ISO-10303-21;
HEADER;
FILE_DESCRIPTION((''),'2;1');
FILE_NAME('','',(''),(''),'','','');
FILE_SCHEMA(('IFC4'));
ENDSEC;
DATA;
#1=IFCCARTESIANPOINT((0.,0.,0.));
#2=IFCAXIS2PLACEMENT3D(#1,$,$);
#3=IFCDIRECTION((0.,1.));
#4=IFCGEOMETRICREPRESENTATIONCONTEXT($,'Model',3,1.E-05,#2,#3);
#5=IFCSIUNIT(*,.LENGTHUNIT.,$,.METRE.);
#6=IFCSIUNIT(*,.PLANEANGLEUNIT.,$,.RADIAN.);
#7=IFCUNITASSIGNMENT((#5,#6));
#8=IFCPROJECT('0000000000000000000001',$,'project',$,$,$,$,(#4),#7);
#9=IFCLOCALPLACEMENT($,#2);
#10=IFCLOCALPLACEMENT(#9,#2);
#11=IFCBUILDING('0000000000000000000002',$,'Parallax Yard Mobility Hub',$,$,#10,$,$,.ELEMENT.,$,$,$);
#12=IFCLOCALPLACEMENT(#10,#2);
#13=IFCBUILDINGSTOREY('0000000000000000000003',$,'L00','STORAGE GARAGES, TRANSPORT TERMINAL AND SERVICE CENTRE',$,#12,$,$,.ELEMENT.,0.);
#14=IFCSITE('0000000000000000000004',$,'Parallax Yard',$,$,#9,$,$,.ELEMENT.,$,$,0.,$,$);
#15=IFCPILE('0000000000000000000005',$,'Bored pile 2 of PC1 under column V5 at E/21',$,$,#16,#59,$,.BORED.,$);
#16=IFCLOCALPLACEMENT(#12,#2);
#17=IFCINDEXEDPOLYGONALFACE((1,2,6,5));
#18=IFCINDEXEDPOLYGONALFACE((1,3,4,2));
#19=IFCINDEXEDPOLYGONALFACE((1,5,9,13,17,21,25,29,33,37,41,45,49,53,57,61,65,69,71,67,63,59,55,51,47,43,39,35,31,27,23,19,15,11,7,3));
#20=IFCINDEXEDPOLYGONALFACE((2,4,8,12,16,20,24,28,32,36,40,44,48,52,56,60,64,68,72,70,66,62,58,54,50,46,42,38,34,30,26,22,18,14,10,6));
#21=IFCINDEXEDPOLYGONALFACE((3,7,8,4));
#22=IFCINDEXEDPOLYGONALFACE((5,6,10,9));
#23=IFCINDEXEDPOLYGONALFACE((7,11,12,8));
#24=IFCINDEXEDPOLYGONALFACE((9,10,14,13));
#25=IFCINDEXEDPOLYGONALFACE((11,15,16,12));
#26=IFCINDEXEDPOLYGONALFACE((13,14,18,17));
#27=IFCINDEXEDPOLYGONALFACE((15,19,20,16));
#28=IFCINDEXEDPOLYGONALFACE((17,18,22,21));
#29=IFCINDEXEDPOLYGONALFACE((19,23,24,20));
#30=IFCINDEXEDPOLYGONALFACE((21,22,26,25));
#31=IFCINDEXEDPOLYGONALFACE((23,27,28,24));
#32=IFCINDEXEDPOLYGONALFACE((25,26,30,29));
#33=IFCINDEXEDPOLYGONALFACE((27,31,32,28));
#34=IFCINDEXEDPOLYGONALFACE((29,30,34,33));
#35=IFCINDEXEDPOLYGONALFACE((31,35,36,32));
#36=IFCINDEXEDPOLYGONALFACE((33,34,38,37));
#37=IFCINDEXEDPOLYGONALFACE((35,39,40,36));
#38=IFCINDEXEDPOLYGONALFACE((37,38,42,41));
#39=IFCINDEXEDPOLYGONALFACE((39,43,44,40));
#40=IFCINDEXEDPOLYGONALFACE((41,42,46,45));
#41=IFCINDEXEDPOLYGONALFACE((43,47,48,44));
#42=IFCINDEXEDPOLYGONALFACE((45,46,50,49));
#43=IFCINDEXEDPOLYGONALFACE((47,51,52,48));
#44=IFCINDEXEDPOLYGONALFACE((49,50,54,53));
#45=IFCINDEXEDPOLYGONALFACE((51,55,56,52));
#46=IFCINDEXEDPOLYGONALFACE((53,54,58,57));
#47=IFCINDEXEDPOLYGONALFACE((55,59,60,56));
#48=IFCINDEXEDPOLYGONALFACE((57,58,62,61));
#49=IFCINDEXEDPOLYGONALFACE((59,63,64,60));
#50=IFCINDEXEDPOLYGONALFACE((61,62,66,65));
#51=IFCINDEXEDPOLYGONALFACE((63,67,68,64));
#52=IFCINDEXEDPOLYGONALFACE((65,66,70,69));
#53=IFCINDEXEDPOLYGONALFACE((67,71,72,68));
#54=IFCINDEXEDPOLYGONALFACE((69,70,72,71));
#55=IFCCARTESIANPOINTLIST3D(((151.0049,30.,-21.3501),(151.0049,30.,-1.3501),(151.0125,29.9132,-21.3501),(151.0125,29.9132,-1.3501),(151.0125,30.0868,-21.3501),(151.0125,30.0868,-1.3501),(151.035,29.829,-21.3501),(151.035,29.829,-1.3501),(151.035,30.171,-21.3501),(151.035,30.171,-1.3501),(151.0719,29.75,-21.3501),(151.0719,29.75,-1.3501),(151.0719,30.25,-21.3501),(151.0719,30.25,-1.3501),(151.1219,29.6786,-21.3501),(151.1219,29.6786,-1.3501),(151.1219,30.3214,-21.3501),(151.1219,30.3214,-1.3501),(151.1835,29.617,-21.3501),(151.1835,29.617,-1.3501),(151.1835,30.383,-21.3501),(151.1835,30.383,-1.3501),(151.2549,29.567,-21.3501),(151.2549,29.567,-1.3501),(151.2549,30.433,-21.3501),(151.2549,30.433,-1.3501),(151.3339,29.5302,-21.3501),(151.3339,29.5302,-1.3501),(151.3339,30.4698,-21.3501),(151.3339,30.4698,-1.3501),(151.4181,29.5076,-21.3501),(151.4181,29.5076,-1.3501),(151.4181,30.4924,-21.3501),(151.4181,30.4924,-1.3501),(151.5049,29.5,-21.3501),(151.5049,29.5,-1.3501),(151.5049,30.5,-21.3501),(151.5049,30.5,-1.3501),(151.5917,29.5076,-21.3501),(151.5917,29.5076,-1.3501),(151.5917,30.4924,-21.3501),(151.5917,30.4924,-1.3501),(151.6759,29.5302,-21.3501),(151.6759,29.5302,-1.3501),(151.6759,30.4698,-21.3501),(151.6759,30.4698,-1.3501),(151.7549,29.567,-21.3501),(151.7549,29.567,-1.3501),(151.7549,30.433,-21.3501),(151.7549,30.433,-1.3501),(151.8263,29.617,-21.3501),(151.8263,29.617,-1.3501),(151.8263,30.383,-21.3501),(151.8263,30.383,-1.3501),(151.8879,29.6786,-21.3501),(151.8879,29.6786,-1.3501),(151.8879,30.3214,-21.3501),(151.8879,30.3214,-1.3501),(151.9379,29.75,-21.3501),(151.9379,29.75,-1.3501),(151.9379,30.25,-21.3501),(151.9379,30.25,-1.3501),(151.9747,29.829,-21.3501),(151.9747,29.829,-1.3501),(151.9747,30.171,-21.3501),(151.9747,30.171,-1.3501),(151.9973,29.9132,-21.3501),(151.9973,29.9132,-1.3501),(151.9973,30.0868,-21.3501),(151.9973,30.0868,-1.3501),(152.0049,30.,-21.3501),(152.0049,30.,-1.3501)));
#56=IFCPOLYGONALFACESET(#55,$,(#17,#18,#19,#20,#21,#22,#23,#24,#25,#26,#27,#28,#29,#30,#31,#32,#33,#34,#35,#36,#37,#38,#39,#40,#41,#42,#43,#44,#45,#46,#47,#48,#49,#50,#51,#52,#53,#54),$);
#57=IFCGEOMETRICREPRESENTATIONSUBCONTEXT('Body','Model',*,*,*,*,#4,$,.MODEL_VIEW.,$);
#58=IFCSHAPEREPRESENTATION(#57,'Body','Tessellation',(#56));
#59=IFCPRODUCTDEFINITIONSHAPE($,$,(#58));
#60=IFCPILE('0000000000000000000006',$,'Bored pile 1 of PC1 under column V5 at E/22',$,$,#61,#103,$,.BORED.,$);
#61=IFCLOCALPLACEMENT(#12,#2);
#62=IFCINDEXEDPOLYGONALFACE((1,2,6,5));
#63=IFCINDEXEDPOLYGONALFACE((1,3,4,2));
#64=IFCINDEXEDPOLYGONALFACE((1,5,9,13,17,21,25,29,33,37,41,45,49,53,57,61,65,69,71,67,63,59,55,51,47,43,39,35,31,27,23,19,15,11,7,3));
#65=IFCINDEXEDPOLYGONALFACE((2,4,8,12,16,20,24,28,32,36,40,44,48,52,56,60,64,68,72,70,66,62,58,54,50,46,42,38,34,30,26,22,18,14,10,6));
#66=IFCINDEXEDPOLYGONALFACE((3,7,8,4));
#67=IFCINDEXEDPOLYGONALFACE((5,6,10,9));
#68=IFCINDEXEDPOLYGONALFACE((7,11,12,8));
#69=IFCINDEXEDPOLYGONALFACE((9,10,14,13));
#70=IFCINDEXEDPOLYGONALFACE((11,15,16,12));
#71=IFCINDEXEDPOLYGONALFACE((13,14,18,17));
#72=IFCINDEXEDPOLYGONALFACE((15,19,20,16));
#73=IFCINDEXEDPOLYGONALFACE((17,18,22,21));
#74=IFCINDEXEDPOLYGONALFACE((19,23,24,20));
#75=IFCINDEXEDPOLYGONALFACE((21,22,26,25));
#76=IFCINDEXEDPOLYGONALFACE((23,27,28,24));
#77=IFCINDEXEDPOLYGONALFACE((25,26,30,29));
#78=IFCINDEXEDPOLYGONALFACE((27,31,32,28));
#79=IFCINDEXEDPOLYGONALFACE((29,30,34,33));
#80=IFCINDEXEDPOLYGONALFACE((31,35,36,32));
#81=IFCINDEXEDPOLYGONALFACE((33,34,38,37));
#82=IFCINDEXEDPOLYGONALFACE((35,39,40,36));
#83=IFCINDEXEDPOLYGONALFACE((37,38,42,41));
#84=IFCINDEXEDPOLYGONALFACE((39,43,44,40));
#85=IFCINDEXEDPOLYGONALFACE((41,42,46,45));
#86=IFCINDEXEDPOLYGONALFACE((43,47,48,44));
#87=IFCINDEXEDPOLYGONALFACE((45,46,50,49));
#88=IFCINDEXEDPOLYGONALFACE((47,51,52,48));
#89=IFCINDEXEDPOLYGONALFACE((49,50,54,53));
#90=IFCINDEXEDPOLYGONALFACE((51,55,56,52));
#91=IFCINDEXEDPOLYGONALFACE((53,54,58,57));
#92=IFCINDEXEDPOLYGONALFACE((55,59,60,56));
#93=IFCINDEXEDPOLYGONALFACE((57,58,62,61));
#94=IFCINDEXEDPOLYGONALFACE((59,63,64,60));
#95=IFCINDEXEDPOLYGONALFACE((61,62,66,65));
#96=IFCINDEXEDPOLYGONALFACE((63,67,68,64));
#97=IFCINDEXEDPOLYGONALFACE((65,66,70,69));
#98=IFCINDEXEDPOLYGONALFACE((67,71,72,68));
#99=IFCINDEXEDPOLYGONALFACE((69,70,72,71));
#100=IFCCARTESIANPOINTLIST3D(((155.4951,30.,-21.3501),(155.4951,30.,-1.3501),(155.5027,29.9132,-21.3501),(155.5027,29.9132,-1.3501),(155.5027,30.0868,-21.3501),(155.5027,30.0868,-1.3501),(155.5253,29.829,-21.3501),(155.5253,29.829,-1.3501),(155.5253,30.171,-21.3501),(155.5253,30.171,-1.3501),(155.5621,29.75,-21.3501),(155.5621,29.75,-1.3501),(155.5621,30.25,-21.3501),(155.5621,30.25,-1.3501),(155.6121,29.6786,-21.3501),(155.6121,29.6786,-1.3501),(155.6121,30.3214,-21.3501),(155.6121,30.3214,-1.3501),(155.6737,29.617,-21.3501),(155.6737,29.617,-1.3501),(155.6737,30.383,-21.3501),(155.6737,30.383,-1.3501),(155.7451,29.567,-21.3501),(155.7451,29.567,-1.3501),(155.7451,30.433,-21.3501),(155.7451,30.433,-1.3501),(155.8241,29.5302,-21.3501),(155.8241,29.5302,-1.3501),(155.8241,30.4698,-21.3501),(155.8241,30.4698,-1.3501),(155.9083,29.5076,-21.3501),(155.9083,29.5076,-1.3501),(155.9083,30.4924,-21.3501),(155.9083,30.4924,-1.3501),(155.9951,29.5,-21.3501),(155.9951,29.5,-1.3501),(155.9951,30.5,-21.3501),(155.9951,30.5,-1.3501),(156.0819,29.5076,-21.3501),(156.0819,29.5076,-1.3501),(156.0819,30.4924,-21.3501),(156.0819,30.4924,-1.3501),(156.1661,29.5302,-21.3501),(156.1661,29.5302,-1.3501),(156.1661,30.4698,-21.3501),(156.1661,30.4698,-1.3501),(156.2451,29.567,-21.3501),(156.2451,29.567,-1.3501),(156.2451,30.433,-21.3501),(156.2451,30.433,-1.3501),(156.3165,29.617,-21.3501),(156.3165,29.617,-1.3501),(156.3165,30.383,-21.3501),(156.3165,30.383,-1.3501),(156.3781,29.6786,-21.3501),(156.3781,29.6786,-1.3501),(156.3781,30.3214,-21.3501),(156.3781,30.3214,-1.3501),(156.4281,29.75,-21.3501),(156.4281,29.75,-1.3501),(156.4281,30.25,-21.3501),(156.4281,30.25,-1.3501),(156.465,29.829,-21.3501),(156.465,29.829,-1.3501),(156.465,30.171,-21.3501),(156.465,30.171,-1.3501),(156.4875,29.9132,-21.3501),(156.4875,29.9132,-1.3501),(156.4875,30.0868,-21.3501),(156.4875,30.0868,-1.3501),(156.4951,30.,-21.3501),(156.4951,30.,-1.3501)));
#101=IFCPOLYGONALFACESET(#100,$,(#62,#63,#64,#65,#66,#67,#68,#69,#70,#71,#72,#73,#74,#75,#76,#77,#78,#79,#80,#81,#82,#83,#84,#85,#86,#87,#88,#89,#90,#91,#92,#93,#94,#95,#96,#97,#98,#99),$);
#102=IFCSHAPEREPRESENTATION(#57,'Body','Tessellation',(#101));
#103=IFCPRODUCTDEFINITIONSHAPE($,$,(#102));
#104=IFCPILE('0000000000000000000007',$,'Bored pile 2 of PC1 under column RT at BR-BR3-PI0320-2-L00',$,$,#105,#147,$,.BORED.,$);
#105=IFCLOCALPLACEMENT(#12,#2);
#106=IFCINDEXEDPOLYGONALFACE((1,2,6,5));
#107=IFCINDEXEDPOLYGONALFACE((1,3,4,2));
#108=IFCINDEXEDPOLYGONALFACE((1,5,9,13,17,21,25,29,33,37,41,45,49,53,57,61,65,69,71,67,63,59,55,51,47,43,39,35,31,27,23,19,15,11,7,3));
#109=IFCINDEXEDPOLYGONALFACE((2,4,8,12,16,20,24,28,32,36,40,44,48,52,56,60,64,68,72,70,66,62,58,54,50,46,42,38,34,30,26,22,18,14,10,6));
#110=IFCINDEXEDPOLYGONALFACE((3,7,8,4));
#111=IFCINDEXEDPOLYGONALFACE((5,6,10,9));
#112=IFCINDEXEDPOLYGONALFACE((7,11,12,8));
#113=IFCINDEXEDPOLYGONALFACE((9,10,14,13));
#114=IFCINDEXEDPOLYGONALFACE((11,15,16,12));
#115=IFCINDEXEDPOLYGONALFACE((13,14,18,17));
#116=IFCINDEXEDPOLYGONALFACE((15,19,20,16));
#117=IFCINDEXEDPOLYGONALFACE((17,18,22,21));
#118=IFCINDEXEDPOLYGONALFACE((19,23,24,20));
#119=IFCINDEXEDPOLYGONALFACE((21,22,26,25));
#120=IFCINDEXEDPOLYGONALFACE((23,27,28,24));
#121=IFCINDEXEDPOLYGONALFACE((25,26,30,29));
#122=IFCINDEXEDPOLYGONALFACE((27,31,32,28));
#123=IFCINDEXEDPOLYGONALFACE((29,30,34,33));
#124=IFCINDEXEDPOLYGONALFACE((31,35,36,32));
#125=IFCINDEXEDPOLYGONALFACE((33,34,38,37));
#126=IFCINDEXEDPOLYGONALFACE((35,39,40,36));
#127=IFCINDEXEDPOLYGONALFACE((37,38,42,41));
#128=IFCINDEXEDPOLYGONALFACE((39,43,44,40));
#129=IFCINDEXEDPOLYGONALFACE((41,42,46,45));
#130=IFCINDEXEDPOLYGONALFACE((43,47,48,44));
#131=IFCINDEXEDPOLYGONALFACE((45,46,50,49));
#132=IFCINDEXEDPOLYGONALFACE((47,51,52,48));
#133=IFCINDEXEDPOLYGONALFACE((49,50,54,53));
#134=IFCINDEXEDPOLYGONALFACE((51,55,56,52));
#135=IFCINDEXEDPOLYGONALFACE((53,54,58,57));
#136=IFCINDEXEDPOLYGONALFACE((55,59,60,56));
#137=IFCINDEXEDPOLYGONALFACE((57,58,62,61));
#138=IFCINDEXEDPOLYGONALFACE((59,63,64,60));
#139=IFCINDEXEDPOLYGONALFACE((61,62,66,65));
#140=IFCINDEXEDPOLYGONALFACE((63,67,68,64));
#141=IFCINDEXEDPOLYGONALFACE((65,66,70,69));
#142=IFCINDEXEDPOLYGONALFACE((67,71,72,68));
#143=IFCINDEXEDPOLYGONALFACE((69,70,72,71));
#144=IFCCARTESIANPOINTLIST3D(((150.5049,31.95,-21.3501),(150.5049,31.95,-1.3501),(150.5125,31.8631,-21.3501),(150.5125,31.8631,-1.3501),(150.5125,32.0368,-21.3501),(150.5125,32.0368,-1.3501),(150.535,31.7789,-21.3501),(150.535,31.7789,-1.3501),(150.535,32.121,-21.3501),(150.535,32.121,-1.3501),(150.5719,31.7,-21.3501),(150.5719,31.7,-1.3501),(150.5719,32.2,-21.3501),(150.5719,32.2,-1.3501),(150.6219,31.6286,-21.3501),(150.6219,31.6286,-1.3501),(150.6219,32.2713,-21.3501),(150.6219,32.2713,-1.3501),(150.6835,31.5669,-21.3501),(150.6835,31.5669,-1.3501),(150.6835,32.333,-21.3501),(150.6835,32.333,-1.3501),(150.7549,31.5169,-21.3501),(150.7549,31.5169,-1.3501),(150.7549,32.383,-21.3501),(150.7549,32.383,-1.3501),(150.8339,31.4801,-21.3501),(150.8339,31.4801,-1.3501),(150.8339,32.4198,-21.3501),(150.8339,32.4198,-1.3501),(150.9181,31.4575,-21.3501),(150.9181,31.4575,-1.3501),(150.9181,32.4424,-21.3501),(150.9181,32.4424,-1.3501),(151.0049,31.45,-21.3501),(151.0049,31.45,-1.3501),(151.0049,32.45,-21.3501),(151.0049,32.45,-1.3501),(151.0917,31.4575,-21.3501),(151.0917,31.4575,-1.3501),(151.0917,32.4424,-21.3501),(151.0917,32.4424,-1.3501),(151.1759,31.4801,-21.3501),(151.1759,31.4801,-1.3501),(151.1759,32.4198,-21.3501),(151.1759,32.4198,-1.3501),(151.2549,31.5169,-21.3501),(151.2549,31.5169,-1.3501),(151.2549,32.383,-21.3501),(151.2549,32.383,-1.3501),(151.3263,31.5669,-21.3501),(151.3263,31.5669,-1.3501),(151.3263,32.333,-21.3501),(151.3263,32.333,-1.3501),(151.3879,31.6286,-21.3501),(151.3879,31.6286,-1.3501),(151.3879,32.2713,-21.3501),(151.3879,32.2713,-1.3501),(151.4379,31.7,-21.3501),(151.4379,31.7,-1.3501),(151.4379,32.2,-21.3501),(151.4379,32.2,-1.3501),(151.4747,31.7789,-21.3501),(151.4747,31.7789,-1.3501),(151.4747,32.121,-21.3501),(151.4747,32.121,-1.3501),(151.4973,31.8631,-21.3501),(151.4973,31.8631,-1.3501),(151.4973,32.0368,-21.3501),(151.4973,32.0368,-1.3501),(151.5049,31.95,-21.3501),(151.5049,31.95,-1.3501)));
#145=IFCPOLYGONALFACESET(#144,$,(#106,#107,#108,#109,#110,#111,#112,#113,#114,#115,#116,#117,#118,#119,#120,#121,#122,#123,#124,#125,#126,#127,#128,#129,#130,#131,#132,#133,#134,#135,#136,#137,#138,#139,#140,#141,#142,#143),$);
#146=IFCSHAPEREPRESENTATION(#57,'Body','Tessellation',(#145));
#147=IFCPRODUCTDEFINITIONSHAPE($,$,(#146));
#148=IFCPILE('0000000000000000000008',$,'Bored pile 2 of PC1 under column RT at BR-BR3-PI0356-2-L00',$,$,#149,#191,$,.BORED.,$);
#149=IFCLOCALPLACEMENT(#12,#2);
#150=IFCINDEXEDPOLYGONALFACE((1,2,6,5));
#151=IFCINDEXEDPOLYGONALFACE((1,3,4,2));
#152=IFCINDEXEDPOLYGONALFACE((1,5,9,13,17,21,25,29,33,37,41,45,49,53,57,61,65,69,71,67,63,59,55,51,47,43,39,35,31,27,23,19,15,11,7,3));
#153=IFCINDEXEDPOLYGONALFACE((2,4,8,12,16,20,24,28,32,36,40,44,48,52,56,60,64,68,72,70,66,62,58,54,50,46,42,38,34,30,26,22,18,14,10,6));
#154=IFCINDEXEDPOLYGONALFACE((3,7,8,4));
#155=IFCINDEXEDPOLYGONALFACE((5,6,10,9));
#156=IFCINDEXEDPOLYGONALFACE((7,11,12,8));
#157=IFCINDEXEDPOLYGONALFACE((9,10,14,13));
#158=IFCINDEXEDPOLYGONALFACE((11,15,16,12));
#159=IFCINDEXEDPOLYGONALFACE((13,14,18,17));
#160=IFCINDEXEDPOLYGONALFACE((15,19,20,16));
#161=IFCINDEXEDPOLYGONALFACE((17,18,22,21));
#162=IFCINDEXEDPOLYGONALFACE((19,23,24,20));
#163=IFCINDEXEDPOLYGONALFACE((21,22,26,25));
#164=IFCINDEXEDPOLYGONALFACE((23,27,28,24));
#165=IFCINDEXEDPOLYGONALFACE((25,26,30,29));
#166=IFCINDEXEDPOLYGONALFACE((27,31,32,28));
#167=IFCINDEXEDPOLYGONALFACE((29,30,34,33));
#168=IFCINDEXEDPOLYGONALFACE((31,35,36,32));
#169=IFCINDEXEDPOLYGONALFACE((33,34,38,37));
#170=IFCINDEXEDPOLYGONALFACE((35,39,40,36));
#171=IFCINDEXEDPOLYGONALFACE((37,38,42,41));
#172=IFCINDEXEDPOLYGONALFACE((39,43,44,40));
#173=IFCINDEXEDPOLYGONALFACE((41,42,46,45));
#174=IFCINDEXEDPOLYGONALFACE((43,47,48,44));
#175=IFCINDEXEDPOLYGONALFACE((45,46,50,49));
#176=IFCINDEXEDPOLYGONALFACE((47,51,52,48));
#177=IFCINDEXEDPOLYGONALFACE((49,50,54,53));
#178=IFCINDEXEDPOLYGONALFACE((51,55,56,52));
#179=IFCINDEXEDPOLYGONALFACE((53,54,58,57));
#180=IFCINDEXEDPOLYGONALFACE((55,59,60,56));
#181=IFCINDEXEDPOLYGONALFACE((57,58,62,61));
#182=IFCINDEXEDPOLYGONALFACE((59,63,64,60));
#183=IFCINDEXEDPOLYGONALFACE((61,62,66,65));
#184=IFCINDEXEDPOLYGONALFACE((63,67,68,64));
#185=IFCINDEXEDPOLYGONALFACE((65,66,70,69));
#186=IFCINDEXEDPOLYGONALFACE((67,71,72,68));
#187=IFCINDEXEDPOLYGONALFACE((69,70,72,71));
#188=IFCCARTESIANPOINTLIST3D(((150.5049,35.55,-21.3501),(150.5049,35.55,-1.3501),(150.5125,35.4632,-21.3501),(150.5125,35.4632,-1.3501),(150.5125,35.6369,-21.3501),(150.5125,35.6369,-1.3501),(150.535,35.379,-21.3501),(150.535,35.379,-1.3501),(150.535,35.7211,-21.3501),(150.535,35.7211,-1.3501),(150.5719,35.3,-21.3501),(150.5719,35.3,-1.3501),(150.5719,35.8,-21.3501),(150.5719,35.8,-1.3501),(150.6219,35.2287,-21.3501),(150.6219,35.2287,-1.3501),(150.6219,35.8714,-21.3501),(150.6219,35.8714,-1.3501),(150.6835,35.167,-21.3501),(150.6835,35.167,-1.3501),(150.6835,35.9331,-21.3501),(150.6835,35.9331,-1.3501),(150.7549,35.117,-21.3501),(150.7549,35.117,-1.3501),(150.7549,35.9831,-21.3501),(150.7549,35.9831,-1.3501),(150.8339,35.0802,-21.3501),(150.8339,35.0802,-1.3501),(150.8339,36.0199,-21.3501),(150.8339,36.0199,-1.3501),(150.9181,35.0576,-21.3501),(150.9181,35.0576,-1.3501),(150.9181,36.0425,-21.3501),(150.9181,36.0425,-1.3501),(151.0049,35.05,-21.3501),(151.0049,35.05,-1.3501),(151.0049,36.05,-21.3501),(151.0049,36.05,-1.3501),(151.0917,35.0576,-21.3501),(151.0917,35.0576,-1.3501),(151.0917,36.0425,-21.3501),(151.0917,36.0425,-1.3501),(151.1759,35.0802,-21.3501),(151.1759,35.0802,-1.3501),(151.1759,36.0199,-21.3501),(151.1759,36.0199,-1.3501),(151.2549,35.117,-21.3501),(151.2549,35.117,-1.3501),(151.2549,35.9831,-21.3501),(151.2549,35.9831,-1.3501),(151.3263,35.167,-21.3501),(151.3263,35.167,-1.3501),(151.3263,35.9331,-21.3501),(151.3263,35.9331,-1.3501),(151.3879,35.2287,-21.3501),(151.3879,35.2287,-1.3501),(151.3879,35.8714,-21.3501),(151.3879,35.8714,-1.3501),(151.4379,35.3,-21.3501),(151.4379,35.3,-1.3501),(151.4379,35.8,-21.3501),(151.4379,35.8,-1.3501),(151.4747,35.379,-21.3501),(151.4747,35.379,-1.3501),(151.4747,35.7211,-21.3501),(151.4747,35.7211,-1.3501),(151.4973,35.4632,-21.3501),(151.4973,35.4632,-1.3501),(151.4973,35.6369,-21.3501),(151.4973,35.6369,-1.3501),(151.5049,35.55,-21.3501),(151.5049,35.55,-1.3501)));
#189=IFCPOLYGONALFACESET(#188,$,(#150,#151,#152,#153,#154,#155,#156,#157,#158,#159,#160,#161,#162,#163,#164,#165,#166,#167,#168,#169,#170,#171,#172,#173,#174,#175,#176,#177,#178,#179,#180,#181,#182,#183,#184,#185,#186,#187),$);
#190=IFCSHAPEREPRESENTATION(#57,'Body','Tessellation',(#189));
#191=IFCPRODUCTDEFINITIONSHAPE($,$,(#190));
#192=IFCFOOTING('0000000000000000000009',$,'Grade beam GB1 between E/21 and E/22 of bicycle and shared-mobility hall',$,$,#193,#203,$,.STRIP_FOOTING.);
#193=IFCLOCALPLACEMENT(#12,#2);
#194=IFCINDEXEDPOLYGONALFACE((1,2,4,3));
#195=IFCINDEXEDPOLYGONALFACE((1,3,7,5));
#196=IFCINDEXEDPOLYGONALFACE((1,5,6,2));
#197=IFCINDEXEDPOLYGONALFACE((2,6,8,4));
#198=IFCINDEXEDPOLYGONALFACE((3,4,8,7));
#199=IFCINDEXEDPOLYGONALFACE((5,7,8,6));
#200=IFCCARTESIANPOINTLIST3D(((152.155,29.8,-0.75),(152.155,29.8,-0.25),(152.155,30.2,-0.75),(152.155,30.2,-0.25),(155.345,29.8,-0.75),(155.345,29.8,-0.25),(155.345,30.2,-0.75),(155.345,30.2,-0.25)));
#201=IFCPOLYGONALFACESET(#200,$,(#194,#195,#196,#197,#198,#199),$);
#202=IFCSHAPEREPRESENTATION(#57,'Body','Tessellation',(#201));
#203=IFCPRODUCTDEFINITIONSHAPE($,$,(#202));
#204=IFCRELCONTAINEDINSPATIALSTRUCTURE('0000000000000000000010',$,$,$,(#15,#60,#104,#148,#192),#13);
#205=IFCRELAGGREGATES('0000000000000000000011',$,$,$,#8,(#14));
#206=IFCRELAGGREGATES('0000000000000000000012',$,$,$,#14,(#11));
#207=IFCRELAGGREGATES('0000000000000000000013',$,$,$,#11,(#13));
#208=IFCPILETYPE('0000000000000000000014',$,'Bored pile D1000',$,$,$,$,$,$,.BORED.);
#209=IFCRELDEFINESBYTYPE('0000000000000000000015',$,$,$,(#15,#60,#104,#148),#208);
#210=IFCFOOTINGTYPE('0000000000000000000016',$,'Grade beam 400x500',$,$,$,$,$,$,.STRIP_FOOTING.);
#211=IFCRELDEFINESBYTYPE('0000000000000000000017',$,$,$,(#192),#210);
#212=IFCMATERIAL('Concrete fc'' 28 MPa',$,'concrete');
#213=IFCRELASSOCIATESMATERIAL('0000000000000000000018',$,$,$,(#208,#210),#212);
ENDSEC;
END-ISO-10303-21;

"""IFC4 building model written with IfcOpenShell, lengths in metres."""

from ifc_helpers import new_model, si_unit, direction, frame, origin, origin_2d, place, context, subcontext, project, spatial, rectangle, circle, extrude, material, material_profile, profile_set, type_object, element, save


model = new_model("IFC4")

# Units and contexts
model_context = context("Model", 3, precision=1e-05, world=origin(), true_north=direction((0.0, 1.0)))
body_context = subcontext(model_context, "Body", "Model", "MODEL_VIEW")
ifc_project = project(units=[si_unit("LENGTHUNIT", "METRE"), si_unit("PLANEANGLEUNIT", "RADIAN")], contexts=[model_context])

# Site, building, storey
site_placement = place(None, origin())
site = spatial("IfcSite", under=ifc_project, at=site_placement, Name="Parallax Yard", CompositionType="ELEMENT", RefElevation=0.0)
building_placement = place(site_placement, origin())
building = spatial("IfcBuilding", under=site, at=building_placement, Name="Parallax Yard Mobility Hub", CompositionType="ELEMENT")
storey_placement = place(building_placement, origin())
storey = spatial("IfcBuildingStorey", under=building, at=storey_placement, Name="L00", Description="STORAGE GARAGES, TRANSPORT TERMINAL AND SERVICE CENTRE", CompositionType="ELEMENT", Elevation=0.0)

# Piles
ifc_material_1 = material(Name="Concrete fc' 28 MPa", Category="concrete")
ifc_material_profile_1 = material_profile(ifc_material_1, circle(Radius=0.5, at=origin_2d()), Name="Bored pile D1000")
ifc_profile_set_1 = profile_set([ifc_material_profile_1], Name="Concrete fc' 28 MPa")
pile_type = type_object("IfcPileType", Name="Bored pile D1000", PredefinedType="BORED", material=ifc_profile_set_1)
for number, where, z_axis, x_axis, name in (
    (1, (151.5049, 30.0, -1.3501), (0.0, 0.0, -1.0), (1.0, 0.0, 0.0), "Bored pile 2 of PC1 under column V5 at E/21"),
    (2, (155.9951, 30.0, -1.3501), (0.0, 0.0, -1.0), (1.0, 0.0, 0.0), "Bored pile 1 of PC1 under column V5 at E/22"),
    (3, (151.0049, 31.95, -1.3501), (0.0, 0.0, -1.0), (1.0, 0.0, 0.0), "Bored pile 2 of PC1 under column RT at BR-BR3-PI0320-2-L00"),
    (4, (151.0049, 35.55, -1.3501), (0.0, 0.0, -1.0), (1.0, 0.0, 0.0), "Bored pile 2 of PC1 under column RT at BR-BR3-PI0356-2-L00"),
):
    element("IfcPile", number, at=place(storey_placement, frame(where, z_axis=z_axis, x_axis=x_axis)), inside=storey, type_object=pile_type, Name=name, PredefinedType="BORED", context=body_context, shape_type="SweptSolid", body=[
        extrude(circle(Radius=0.5, at=origin_2d()), origin(), (0.0, 0.0, 1.0), 20.0),
    ])

# Footing
ifc_material_profile_2 = material_profile(ifc_material_1, rectangle(XDim=0.3999, YDim=0.5, at=origin_2d()), Name="Grade beam 400x500")
ifc_profile_set_2 = profile_set([ifc_material_profile_2], Name="Concrete fc' 28 MPa")
footing_type_1 = type_object("IfcFootingType", Name="Grade beam 400x500", PredefinedType="STRIP_FOOTING", material=ifc_profile_set_2)
footing_1_placement = place(storey_placement, frame((152.155, 30.0, -0.5), z_axis=(1.0, 0.0, 0.0), x_axis=(0.0, 1.0, 0.0)))
element("IfcFooting", 5, at=footing_1_placement, inside=storey, type_object=footing_type_1, Name="Grade beam GB1 between E/21 and E/22 of bicycle and shared-mobility hall", PredefinedType="STRIP_FOOTING", context=body_context, shape_type="SweptSolid", body=[
    extrude(rectangle(XDim=0.3999, YDim=0.5, at=origin_2d()), origin(), (0.0, 0.0, 1.0), 3.1899),
])

save(model, "model.ifc")
